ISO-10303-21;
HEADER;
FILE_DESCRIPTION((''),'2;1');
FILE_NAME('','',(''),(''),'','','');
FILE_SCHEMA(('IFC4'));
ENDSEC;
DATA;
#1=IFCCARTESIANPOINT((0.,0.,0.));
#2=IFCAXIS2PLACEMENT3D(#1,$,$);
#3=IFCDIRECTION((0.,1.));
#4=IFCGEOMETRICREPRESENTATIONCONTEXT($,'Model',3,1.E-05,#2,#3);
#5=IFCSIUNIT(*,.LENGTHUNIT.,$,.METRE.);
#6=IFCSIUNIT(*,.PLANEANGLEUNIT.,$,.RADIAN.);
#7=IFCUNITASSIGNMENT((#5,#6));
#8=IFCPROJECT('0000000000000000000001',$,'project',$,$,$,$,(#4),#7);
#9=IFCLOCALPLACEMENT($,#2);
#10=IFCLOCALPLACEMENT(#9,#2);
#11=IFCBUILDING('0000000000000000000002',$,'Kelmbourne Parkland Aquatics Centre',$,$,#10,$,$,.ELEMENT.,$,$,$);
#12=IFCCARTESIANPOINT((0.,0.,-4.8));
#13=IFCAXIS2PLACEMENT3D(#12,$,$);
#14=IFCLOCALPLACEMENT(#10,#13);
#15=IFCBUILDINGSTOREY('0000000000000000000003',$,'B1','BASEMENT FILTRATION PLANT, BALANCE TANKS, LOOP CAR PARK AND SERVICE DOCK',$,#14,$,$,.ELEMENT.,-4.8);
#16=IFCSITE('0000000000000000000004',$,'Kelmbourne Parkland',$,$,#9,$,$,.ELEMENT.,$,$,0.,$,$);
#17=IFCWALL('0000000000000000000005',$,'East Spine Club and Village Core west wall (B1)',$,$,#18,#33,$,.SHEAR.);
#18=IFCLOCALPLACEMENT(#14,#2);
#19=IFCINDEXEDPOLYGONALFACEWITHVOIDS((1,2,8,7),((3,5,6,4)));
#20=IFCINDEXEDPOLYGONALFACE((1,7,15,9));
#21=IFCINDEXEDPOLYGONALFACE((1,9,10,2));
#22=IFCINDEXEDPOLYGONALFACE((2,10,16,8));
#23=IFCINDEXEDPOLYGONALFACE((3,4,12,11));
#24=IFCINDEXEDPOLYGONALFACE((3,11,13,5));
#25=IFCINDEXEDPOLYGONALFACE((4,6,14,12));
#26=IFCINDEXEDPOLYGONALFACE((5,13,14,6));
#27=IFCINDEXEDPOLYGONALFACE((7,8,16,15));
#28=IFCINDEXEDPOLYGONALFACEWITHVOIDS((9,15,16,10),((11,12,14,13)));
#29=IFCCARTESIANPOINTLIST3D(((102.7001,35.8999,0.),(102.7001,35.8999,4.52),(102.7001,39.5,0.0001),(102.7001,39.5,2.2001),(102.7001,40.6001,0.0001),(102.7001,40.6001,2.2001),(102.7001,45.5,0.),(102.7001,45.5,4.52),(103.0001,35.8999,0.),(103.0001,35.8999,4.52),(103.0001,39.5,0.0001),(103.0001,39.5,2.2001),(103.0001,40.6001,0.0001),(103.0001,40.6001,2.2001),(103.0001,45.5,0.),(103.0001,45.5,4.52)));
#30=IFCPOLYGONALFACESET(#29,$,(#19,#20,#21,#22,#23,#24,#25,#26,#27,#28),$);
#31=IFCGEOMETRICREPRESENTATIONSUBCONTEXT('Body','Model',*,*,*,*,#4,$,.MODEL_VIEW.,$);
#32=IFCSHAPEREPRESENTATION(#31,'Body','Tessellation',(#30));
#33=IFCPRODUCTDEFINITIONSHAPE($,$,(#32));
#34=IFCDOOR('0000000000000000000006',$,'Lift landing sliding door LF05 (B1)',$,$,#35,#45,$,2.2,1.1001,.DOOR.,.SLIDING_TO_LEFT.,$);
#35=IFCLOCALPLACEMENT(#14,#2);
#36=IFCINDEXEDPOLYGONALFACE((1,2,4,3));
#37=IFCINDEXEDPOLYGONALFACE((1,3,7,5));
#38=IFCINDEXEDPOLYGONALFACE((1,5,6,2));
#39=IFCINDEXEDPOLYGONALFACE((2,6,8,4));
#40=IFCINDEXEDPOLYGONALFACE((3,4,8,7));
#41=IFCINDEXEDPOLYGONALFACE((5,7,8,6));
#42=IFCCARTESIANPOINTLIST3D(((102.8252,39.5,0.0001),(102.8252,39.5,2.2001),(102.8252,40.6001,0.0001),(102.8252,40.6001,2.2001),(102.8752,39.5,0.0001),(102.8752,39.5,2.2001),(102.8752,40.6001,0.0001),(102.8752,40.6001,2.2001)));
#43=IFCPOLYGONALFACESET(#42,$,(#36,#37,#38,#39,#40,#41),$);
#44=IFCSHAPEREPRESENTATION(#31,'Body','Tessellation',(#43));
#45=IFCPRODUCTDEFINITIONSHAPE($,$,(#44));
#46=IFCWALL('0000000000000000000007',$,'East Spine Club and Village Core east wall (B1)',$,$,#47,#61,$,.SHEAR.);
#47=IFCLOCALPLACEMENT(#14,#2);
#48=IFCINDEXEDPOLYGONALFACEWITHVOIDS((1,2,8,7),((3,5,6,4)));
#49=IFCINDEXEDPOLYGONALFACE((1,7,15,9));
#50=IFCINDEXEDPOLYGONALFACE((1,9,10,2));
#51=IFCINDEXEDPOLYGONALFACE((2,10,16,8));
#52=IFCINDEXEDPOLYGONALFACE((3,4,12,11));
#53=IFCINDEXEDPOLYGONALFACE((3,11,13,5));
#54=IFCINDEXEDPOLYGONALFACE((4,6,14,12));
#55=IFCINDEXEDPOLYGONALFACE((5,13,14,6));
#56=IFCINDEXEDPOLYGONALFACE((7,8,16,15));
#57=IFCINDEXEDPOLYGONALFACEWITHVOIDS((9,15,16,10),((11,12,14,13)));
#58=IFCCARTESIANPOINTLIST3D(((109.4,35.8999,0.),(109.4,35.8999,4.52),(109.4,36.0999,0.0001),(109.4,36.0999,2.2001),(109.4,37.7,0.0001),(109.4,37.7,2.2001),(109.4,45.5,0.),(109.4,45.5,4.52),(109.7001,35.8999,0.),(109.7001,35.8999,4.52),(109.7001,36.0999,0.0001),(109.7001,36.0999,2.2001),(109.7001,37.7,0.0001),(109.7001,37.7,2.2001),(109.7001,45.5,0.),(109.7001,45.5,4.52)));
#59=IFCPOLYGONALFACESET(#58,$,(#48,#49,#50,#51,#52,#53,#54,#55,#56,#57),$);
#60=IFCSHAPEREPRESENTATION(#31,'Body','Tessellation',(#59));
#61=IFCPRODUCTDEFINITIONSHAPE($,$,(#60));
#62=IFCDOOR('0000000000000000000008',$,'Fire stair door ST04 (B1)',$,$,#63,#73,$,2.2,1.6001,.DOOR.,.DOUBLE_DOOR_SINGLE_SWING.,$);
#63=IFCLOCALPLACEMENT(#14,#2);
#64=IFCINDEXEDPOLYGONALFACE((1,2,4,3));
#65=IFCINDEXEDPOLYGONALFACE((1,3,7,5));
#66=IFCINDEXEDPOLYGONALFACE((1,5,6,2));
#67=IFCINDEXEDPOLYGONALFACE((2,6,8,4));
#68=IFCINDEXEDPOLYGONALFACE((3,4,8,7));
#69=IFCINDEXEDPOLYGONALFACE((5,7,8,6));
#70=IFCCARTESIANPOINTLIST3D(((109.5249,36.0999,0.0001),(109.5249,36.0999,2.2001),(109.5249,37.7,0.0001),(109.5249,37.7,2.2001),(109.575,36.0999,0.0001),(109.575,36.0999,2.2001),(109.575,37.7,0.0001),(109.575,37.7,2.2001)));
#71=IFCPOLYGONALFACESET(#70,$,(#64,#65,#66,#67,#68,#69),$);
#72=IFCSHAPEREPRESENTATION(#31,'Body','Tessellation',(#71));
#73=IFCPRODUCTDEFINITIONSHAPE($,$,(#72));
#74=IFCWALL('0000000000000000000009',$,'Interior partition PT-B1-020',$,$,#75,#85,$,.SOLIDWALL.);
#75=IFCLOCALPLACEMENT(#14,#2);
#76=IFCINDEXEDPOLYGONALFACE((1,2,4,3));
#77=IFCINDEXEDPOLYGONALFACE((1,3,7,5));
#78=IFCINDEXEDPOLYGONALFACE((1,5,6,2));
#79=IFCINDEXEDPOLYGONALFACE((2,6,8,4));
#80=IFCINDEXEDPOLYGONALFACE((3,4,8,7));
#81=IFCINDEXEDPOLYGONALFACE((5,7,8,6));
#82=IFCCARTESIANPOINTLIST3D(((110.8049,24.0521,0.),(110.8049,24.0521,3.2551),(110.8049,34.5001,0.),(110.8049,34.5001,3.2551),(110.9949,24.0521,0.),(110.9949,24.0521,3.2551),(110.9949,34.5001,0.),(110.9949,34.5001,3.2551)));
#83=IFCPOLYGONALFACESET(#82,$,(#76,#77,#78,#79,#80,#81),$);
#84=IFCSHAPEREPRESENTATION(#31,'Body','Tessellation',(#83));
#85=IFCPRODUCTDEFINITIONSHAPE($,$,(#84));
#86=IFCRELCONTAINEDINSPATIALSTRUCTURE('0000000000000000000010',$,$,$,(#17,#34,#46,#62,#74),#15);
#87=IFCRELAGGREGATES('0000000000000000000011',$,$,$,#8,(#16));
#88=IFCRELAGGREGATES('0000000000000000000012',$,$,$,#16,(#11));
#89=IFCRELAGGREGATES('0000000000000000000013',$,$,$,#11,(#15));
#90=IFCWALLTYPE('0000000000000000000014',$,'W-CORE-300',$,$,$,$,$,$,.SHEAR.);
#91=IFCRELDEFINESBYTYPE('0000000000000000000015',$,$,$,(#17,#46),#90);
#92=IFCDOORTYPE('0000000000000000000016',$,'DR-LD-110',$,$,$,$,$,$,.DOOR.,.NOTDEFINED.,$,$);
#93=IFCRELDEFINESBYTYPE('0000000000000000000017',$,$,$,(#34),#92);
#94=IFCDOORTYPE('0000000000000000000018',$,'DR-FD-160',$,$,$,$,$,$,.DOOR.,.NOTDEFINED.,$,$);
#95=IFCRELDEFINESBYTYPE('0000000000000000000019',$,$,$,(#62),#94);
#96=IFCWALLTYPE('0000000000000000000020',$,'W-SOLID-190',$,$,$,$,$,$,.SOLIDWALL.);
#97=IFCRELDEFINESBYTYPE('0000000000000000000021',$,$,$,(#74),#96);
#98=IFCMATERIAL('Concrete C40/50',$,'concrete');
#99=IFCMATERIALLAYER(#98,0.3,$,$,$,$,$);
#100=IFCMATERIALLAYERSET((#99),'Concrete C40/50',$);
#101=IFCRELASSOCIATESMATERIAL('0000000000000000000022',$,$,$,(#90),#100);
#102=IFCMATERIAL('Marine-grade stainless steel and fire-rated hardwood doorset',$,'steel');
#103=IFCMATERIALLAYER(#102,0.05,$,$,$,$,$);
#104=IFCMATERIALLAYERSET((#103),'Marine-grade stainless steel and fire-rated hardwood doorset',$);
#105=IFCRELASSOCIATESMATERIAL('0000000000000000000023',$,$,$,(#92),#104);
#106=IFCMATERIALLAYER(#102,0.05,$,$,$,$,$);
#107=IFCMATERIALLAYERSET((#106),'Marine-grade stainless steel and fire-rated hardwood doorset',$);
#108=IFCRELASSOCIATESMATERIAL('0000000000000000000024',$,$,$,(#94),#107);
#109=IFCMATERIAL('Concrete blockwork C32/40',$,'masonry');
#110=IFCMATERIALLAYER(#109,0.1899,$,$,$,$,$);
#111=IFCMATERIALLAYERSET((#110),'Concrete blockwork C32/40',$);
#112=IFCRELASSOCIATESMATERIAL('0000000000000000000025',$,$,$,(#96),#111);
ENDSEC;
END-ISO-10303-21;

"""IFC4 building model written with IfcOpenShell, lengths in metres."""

from ifc_helpers import new_model, si_unit, direction, frame, frame_2d, origin, place, context, subcontext, project, spatial, rectangle, extrude, material, layer, layer_set, type_object, element, fill, save


model = new_model("IFC4")

# Units and contexts
model_context = context("Model", 3, precision=1e-05, world=origin(), true_north=direction((0.0, 1.0)))
body_context = subcontext(model_context, "Body", "Model", "MODEL_VIEW")
ifc_project = project(units=[si_unit("LENGTHUNIT", "METRE"), si_unit("PLANEANGLEUNIT", "RADIAN")], contexts=[model_context])

# Site, building, storey
site_placement = place(None, origin())
site = spatial("IfcSite", under=ifc_project, at=site_placement, Name="Kelmbourne Parkland", CompositionType="ELEMENT", RefElevation=0.0)
building_placement = place(site_placement, origin())
building = spatial("IfcBuilding", under=site, at=building_placement, Name="Kelmbourne Parkland Aquatics Centre", CompositionType="ELEMENT")
storey_placement = place(building_placement, frame((0.0, 0.0, -4.8)))
storey = spatial("IfcBuildingStorey", under=building, at=storey_placement, Name="B1", Description="BASEMENT FILTRATION PLANT, BALANCE TANKS, LOOP CAR PARK AND SERVICE DOCK", CompositionType="ELEMENT", Elevation=-4.8)

# Shared definitions
ifc_material_1 = material(Name="Concrete C40/50", Category="concrete")

# Shared definitions
ifc_layer_1 = layer(ifc_material_1, 0.3)
ifc_layer_set_1 = layer_set([ifc_layer_1], Name="Concrete C40/50")
wall_type_1 = type_object("IfcWallType", Name="W-CORE-300", PredefinedType="SHEAR", material=ifc_layer_set_1)

# Walls, openings, doors
wall_1_placement = place(storey_placement, frame((102.8501, 35.8999, 0.0), z_axis=(0.0, 0.0, 1.0), x_axis=(0.0, 1.0, 0.0)))
wall_1 = element("IfcWall", 1, at=wall_1_placement, inside=storey, type_object=wall_type_1, Name="East Spine Club and Village Core west wall (B1)", PredefinedType="SHEAR", context=body_context, shape_type="SweptSolid", body=[
    extrude(rectangle(XDim=9.6001, YDim=0.3, at=frame_2d((4.8, 0.0))), origin(), (0.0, 0.0, 1.0), 4.52),
])
opening_1_placement = place(wall_1_placement, frame((3.6001, 0.0, 0.0)))
opening_1 = element("IfcOpeningElement", 2, at=opening_1_placement, cuts=wall_1, PredefinedType="OPENING", context=body_context, shape_type="SweptSolid", body=[
    extrude(rectangle(XDim=1.1001, YDim=2.2, at=frame_2d((0.55, 1.1001))), frame((0.0, 0.1621, 0.0), z_axis=(0.0, -1.0, 0.0), x_axis=(1.0, 0.0, 0.0)), (0.0, 0.0, 1.0), 0.324),
])
ifc_material_2 = material(Name="Marine-grade stainless steel and fire-rated hardwood doorset", Category="steel")
ifc_layer_2 = layer(ifc_material_2, 0.05)
ifc_layer_set_2 = layer_set([ifc_layer_2], Name="Marine-grade stainless steel and fire-rated hardwood doorset")
door_type_1 = type_object("IfcDoorType", Name="DR-LD-110", OperationType="NOTDEFINED", PredefinedType="DOOR", material=ifc_layer_set_2)
door_1_placement = place(opening_1_placement, origin())
door_1 = element("IfcDoor", 3, at=door_1_placement, inside=storey, type_object=door_type_1, Name="Lift landing sliding door LF05 (B1)", OperationType="SLIDING_TO_LEFT", OverallHeight=2.2, OverallWidth=1.1001, PredefinedType="DOOR", context=body_context, shape_type="SweptSolid", body=[
    extrude(rectangle(XDim=1.1001, YDim=2.2, at=frame_2d((0.55, 1.1001))), frame((0.0, 0.0249, 0.0), z_axis=(0.0, -1.0, 0.0), x_axis=(1.0, 0.0, 0.0)), (0.0, 0.0, 1.0), 0.05),
])
fill(opening_1, door_1)
wall_2_placement = place(storey_placement, frame((109.55, 35.8999, 0.0), z_axis=(0.0, 0.0, 1.0), x_axis=(0.0, 1.0, 0.0)))
wall_2 = element("IfcWall", 4, at=wall_2_placement, inside=storey, type_object=wall_type_1, Name="East Spine Club and Village Core east wall (B1)", PredefinedType="SHEAR", context=body_context, shape_type="SweptSolid", body=[
    extrude(rectangle(XDim=9.6001, YDim=0.3, at=frame_2d((4.8, 0.0))), origin(), (0.0, 0.0, 1.0), 4.52),
])
opening_2_placement = place(wall_2_placement, frame((0.2, 0.0, 0.0)))
opening_2 = element("IfcOpeningElement", 5, at=opening_2_placement, cuts=wall_2, PredefinedType="OPENING", context=body_context, shape_type="SweptSolid", body=[
    extrude(rectangle(XDim=1.6001, YDim=2.2, at=frame_2d((0.8, 1.1001))), frame((0.0, 0.1621, 0.0), z_axis=(0.0, -1.0, 0.0), x_axis=(1.0, 0.0, 0.0)), (0.0, 0.0, 1.0), 0.324),
])
ifc_layer_3 = layer(ifc_material_2, 0.05)
ifc_layer_set_3 = layer_set([ifc_layer_3], Name="Marine-grade stainless steel and fire-rated hardwood doorset")
door_type_2 = type_object("IfcDoorType", Name="DR-FD-160", OperationType="NOTDEFINED", PredefinedType="DOOR", material=ifc_layer_set_3)
door_2_placement = place(opening_2_placement, frame((1.6001, 0.0, 0.0), z_axis=(0.0, 0.0, 1.0), x_axis=(-1.0, 0.0, 0.0)))
door_2 = element("IfcDoor", 6, at=door_2_placement, inside=storey, type_object=door_type_2, Name="Fire stair door ST04 (B1)", OperationType="DOUBLE_DOOR_SINGLE_SWING", OverallHeight=2.2, OverallWidth=1.6001, PredefinedType="DOOR", context=body_context, shape_type="SweptSolid", body=[
    extrude(rectangle(XDim=1.6001, YDim=2.2, at=frame_2d((0.8, 1.1001))), frame((0.0, 0.0249, 0.0), z_axis=(0.0, -1.0, 0.0), x_axis=(1.0, 0.0, 0.0)), (0.0, 0.0, 1.0), 0.05),
])
fill(opening_2, door_2)

# Wall
ifc_material_3 = material(Name="Concrete blockwork C32/40", Category="masonry")
ifc_layer_4 = layer(ifc_material_3, 0.1899)
ifc_layer_set_4 = layer_set([ifc_layer_4], Name="Concrete blockwork C32/40")
wall_type_2 = type_object("IfcWallType", Name="W-SOLID-190", PredefinedType="SOLIDWALL", material=ifc_layer_set_4)
wall_3_placement = place(storey_placement, frame((110.8999, 24.052, 0.0), z_axis=(0.0, 0.0, 1.0), x_axis=(0.0, 1.0, 0.0)))
element("IfcWall", 7, at=wall_3_placement, inside=storey, type_object=wall_type_2, Name="Interior partition PT-B1-020", PredefinedType="SOLIDWALL", context=body_context, shape_type="SweptSolid", body=[
    extrude(rectangle(XDim=10.448, YDim=0.1899, at=frame_2d((5.2241, 0.0))), origin(), (0.0, 0.0, 1.0), 3.2551),
])

save(model, "model.ifc")
